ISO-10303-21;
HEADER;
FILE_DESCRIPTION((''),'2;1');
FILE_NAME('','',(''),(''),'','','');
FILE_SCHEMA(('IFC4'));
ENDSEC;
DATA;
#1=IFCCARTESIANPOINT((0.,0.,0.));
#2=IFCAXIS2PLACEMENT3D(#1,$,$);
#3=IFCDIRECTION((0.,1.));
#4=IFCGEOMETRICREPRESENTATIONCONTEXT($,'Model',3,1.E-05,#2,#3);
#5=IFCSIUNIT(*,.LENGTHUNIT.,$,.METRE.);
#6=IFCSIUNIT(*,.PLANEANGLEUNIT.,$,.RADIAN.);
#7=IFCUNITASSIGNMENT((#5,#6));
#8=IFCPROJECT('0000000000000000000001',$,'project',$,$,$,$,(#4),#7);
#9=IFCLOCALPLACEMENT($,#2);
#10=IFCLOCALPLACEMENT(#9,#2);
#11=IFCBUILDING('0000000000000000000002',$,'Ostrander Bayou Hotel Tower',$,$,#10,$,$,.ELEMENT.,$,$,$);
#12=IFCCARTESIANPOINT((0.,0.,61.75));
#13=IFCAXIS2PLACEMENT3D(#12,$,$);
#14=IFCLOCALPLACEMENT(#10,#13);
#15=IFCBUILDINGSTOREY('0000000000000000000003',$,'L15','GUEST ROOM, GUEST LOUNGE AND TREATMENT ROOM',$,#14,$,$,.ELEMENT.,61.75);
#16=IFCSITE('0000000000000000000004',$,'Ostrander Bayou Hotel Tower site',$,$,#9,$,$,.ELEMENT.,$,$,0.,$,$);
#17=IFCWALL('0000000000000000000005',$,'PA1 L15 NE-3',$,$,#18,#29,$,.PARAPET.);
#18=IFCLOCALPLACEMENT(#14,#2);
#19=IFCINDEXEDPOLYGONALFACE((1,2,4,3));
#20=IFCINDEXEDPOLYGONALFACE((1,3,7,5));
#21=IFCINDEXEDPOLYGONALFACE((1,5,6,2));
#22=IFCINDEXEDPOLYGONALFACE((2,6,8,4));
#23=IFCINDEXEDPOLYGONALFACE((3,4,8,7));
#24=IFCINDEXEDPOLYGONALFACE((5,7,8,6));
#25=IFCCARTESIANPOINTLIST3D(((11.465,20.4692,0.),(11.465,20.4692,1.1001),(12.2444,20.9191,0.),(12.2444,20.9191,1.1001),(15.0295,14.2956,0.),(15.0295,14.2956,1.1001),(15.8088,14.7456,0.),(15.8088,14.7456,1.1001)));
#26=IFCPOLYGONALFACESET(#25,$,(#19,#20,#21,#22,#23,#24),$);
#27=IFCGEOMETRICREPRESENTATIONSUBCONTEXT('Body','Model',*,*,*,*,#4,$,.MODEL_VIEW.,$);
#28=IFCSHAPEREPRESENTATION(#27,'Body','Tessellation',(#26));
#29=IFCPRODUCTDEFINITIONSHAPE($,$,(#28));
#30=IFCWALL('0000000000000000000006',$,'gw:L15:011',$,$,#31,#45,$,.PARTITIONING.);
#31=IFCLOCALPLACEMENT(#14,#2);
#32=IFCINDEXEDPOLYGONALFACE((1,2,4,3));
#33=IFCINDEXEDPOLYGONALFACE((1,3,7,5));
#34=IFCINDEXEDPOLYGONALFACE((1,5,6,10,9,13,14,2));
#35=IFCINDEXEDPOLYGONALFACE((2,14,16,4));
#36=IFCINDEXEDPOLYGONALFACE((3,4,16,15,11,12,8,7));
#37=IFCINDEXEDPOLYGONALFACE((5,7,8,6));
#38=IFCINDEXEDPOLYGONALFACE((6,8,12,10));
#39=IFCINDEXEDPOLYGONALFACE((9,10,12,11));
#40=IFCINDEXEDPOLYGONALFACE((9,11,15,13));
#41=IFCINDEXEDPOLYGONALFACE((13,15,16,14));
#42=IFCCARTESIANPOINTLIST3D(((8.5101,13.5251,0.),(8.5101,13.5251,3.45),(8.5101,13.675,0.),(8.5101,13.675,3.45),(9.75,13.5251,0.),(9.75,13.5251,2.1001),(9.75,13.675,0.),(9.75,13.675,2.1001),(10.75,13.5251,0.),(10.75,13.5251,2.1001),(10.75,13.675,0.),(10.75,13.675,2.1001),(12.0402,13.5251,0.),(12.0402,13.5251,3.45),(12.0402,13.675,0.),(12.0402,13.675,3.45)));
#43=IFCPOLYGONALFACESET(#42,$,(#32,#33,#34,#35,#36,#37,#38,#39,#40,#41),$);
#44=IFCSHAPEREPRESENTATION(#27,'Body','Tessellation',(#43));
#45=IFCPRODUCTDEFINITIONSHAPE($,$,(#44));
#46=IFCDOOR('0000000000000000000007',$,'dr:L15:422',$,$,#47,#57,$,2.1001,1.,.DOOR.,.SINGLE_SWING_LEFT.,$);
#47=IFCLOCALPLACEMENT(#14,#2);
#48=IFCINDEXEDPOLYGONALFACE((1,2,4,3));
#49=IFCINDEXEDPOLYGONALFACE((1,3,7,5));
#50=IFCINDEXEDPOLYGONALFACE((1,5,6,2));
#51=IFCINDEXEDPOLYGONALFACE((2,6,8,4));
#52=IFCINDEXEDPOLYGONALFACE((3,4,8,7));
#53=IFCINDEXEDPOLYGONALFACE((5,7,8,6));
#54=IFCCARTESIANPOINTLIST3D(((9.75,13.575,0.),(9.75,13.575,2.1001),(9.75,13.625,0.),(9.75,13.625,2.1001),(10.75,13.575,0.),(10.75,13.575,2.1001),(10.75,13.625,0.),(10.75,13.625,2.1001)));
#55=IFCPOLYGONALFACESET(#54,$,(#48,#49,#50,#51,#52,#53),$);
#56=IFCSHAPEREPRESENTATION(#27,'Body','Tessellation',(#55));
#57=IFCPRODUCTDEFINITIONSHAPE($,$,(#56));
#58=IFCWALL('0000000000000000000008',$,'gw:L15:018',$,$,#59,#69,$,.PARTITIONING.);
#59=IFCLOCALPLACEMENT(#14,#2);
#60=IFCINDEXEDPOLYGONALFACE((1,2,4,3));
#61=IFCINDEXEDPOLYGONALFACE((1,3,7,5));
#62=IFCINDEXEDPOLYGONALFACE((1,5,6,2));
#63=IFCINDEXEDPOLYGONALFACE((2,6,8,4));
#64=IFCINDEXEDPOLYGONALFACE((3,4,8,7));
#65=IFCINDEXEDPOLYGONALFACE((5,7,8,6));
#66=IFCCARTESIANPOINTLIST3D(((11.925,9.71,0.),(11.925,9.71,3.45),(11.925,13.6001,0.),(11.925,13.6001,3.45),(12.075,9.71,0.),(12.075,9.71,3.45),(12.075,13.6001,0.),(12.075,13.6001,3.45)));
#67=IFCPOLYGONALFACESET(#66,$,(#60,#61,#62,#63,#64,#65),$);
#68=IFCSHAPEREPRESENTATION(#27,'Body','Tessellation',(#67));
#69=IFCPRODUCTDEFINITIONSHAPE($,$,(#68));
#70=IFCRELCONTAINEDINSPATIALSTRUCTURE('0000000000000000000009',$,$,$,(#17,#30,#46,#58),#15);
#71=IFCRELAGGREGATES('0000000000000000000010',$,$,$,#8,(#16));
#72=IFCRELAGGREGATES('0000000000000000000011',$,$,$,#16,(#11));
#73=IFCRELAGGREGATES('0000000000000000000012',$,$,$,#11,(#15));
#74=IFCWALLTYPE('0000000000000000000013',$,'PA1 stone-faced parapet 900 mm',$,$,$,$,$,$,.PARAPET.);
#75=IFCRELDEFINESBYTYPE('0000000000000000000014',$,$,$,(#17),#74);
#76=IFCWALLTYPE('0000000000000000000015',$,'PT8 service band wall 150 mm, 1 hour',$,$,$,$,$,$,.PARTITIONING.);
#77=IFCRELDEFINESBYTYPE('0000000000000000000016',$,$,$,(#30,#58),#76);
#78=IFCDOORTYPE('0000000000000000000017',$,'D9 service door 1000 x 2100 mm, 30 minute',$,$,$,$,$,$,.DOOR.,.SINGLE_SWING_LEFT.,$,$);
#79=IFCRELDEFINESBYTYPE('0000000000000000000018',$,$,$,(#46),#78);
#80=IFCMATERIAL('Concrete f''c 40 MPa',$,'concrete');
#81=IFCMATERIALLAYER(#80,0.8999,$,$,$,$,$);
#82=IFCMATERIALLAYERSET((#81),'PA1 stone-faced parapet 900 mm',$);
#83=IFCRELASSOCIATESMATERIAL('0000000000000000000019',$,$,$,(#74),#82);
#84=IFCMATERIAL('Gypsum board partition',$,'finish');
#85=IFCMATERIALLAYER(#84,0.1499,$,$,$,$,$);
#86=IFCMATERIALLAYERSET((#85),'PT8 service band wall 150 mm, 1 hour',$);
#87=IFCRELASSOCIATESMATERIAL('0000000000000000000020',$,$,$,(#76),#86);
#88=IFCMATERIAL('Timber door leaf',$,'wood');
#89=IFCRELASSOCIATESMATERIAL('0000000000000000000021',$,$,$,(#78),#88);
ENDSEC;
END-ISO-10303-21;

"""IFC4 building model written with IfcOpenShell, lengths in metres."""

from ifc_helpers import new_model, si_unit, direction, frame, frame_2d, origin, place, context, subcontext, project, spatial, rectangle, extrude, material, layer, layer_set, type_object, element, fill, save


model = new_model("IFC4")

# Units and contexts
model_context = context("Model", 3, precision=1e-05, world=origin(), true_north=direction((0.0, 1.0)))
body_context = subcontext(model_context, "Body", "Model", "MODEL_VIEW")
ifc_project = project(units=[si_unit("LENGTHUNIT", "METRE"), si_unit("PLANEANGLEUNIT", "RADIAN")], contexts=[model_context])

# Site, building, storey
site_placement = place(None, origin())
site = spatial("IfcSite", under=ifc_project, at=site_placement, Name="Ostrander Bayou Hotel Tower site", CompositionType="ELEMENT", RefElevation=0.0)
building_placement = place(site_placement, origin())
building = spatial("IfcBuilding", under=site, at=building_placement, Name="Ostrander Bayou Hotel Tower", CompositionType="ELEMENT")
storey_placement = place(building_placement, frame((0.0, 0.0, 61.75)))
storey = spatial("IfcBuildingStorey", under=building, at=storey_placement, Name="L15", Description="GUEST ROOM, GUEST LOUNGE AND TREATMENT ROOM", CompositionType="ELEMENT", Elevation=61.75)

# Wall
ifc_material_1 = material(Name="Concrete f'c 40 MPa", Category="concrete")
ifc_layer_1 = layer(ifc_material_1, 0.8999)
ifc_layer_set_1 = layer_set([ifc_layer_1], Name="PA1 stone-faced parapet 900 mm")
wall_type_1 = type_object("IfcWallType", Name="PA1 stone-faced parapet 900 mm", PredefinedType="PARAPET", material=ifc_layer_set_1)
wall_1_placement = place(storey_placement, frame((15.4192, 14.5205, 0.0), z_axis=(0.0, 0.0, 1.0), x_axis=(-0.500014, 0.866017, 0.0)))
element("IfcWall", 1, at=wall_1_placement, inside=storey, type_object=wall_type_1, Name="PA1 L15 NE-3", PredefinedType="PARAPET", context=body_context, shape_type="SweptSolid", body=[
    extrude(rectangle(XDim=7.1287, YDim=0.8999, at=frame_2d((3.5645, 0.0))), origin(), (0.0, 0.0, 1.0), 1.1001),
])

# Wall, opening, door
ifc_material_2 = material(Name="Gypsum board partition", Category="finish")
ifc_layer_2 = layer(ifc_material_2, 0.1499)
ifc_layer_set_2 = layer_set([ifc_layer_2], Name="PT8 service band wall 150 mm, 1 hour")
wall_type_2 = type_object("IfcWallType", Name="PT8 service band wall 150 mm, 1 hour", PredefinedType="PARTITIONING", material=ifc_layer_set_2)
wall_2_placement = place(storey_placement, frame((8.51, 13.6001, 0.0), z_axis=(0.0, 0.0, 1.0), x_axis=(1.0, 0.0, 0.0)))
wall_2 = element("IfcWall", 2, at=wall_2_placement, inside=storey, type_object=wall_type_2, Name="gw:L15:011", PredefinedType="PARTITIONING", context=body_context, shape_type="SweptSolid", body=[
    extrude(rectangle(XDim=3.53, YDim=0.1499, at=frame_2d((1.7651, 0.0))), origin(), (0.0, 0.0, 1.0), 3.45),
])
opening_1_placement = place(wall_2_placement, frame((1.24, 0.0, 0.0)))
opening_1 = element("IfcOpeningElement", 3, at=opening_1_placement, cuts=wall_2, PredefinedType="OPENING", context=body_context, shape_type="SweptSolid", body=[
    extrude(rectangle(XDim=1.0, YDim=2.1001, at=frame_2d((0.5, 1.05))), frame((0.0, 0.075, 0.0), z_axis=(0.0, -1.0, 0.0), x_axis=(1.0, 0.0, 0.0)), (0.0, 0.0, 1.0), 0.1499),
])
ifc_material_3 = material(Name="Timber door leaf", Category="wood")
door_type_1 = type_object("IfcDoorType", Name="D9 service door 1000 x 2100 mm, 30 minute", OperationType="SINGLE_SWING_LEFT", PredefinedType="DOOR", material=ifc_material_3)
door_1_placement = place(opening_1_placement, origin())
door_1 = element("IfcDoor", 4, at=door_1_placement, inside=storey, type_object=door_type_1, Name="dr:L15:422", OperationType="SINGLE_SWING_LEFT", OverallHeight=2.1001, OverallWidth=1.0, PredefinedType="DOOR", context=body_context, shape_type="SweptSolid", body=[
    extrude(rectangle(XDim=1.0, YDim=2.1001, at=frame_2d((0.5, 1.05))), frame((0.0, 0.0249, 0.0), z_axis=(0.0, -1.0, 0.0), x_axis=(1.0, 0.0, 0.0)), (0.0, 0.0, 1.0), 0.05),
])
fill(opening_1, door_1)

# Wall
wall_3_placement = place(storey_placement, frame((12.0, 9.71, 0.0), z_axis=(0.0, 0.0, 1.0), x_axis=(0.0, 1.0, 0.0)))
element("IfcWall", 5, at=wall_3_placement, inside=storey, type_object=wall_type_2, Name="gw:L15:018", PredefinedType="PARTITIONING", context=body_context, shape_type="SweptSolid", body=[
    extrude(rectangle(XDim=3.8901, YDim=0.1499, at=frame_2d((1.9451, 0.0))), origin(), (0.0, 0.0, 1.0), 3.45),
])

save(model, "model.ifc")
